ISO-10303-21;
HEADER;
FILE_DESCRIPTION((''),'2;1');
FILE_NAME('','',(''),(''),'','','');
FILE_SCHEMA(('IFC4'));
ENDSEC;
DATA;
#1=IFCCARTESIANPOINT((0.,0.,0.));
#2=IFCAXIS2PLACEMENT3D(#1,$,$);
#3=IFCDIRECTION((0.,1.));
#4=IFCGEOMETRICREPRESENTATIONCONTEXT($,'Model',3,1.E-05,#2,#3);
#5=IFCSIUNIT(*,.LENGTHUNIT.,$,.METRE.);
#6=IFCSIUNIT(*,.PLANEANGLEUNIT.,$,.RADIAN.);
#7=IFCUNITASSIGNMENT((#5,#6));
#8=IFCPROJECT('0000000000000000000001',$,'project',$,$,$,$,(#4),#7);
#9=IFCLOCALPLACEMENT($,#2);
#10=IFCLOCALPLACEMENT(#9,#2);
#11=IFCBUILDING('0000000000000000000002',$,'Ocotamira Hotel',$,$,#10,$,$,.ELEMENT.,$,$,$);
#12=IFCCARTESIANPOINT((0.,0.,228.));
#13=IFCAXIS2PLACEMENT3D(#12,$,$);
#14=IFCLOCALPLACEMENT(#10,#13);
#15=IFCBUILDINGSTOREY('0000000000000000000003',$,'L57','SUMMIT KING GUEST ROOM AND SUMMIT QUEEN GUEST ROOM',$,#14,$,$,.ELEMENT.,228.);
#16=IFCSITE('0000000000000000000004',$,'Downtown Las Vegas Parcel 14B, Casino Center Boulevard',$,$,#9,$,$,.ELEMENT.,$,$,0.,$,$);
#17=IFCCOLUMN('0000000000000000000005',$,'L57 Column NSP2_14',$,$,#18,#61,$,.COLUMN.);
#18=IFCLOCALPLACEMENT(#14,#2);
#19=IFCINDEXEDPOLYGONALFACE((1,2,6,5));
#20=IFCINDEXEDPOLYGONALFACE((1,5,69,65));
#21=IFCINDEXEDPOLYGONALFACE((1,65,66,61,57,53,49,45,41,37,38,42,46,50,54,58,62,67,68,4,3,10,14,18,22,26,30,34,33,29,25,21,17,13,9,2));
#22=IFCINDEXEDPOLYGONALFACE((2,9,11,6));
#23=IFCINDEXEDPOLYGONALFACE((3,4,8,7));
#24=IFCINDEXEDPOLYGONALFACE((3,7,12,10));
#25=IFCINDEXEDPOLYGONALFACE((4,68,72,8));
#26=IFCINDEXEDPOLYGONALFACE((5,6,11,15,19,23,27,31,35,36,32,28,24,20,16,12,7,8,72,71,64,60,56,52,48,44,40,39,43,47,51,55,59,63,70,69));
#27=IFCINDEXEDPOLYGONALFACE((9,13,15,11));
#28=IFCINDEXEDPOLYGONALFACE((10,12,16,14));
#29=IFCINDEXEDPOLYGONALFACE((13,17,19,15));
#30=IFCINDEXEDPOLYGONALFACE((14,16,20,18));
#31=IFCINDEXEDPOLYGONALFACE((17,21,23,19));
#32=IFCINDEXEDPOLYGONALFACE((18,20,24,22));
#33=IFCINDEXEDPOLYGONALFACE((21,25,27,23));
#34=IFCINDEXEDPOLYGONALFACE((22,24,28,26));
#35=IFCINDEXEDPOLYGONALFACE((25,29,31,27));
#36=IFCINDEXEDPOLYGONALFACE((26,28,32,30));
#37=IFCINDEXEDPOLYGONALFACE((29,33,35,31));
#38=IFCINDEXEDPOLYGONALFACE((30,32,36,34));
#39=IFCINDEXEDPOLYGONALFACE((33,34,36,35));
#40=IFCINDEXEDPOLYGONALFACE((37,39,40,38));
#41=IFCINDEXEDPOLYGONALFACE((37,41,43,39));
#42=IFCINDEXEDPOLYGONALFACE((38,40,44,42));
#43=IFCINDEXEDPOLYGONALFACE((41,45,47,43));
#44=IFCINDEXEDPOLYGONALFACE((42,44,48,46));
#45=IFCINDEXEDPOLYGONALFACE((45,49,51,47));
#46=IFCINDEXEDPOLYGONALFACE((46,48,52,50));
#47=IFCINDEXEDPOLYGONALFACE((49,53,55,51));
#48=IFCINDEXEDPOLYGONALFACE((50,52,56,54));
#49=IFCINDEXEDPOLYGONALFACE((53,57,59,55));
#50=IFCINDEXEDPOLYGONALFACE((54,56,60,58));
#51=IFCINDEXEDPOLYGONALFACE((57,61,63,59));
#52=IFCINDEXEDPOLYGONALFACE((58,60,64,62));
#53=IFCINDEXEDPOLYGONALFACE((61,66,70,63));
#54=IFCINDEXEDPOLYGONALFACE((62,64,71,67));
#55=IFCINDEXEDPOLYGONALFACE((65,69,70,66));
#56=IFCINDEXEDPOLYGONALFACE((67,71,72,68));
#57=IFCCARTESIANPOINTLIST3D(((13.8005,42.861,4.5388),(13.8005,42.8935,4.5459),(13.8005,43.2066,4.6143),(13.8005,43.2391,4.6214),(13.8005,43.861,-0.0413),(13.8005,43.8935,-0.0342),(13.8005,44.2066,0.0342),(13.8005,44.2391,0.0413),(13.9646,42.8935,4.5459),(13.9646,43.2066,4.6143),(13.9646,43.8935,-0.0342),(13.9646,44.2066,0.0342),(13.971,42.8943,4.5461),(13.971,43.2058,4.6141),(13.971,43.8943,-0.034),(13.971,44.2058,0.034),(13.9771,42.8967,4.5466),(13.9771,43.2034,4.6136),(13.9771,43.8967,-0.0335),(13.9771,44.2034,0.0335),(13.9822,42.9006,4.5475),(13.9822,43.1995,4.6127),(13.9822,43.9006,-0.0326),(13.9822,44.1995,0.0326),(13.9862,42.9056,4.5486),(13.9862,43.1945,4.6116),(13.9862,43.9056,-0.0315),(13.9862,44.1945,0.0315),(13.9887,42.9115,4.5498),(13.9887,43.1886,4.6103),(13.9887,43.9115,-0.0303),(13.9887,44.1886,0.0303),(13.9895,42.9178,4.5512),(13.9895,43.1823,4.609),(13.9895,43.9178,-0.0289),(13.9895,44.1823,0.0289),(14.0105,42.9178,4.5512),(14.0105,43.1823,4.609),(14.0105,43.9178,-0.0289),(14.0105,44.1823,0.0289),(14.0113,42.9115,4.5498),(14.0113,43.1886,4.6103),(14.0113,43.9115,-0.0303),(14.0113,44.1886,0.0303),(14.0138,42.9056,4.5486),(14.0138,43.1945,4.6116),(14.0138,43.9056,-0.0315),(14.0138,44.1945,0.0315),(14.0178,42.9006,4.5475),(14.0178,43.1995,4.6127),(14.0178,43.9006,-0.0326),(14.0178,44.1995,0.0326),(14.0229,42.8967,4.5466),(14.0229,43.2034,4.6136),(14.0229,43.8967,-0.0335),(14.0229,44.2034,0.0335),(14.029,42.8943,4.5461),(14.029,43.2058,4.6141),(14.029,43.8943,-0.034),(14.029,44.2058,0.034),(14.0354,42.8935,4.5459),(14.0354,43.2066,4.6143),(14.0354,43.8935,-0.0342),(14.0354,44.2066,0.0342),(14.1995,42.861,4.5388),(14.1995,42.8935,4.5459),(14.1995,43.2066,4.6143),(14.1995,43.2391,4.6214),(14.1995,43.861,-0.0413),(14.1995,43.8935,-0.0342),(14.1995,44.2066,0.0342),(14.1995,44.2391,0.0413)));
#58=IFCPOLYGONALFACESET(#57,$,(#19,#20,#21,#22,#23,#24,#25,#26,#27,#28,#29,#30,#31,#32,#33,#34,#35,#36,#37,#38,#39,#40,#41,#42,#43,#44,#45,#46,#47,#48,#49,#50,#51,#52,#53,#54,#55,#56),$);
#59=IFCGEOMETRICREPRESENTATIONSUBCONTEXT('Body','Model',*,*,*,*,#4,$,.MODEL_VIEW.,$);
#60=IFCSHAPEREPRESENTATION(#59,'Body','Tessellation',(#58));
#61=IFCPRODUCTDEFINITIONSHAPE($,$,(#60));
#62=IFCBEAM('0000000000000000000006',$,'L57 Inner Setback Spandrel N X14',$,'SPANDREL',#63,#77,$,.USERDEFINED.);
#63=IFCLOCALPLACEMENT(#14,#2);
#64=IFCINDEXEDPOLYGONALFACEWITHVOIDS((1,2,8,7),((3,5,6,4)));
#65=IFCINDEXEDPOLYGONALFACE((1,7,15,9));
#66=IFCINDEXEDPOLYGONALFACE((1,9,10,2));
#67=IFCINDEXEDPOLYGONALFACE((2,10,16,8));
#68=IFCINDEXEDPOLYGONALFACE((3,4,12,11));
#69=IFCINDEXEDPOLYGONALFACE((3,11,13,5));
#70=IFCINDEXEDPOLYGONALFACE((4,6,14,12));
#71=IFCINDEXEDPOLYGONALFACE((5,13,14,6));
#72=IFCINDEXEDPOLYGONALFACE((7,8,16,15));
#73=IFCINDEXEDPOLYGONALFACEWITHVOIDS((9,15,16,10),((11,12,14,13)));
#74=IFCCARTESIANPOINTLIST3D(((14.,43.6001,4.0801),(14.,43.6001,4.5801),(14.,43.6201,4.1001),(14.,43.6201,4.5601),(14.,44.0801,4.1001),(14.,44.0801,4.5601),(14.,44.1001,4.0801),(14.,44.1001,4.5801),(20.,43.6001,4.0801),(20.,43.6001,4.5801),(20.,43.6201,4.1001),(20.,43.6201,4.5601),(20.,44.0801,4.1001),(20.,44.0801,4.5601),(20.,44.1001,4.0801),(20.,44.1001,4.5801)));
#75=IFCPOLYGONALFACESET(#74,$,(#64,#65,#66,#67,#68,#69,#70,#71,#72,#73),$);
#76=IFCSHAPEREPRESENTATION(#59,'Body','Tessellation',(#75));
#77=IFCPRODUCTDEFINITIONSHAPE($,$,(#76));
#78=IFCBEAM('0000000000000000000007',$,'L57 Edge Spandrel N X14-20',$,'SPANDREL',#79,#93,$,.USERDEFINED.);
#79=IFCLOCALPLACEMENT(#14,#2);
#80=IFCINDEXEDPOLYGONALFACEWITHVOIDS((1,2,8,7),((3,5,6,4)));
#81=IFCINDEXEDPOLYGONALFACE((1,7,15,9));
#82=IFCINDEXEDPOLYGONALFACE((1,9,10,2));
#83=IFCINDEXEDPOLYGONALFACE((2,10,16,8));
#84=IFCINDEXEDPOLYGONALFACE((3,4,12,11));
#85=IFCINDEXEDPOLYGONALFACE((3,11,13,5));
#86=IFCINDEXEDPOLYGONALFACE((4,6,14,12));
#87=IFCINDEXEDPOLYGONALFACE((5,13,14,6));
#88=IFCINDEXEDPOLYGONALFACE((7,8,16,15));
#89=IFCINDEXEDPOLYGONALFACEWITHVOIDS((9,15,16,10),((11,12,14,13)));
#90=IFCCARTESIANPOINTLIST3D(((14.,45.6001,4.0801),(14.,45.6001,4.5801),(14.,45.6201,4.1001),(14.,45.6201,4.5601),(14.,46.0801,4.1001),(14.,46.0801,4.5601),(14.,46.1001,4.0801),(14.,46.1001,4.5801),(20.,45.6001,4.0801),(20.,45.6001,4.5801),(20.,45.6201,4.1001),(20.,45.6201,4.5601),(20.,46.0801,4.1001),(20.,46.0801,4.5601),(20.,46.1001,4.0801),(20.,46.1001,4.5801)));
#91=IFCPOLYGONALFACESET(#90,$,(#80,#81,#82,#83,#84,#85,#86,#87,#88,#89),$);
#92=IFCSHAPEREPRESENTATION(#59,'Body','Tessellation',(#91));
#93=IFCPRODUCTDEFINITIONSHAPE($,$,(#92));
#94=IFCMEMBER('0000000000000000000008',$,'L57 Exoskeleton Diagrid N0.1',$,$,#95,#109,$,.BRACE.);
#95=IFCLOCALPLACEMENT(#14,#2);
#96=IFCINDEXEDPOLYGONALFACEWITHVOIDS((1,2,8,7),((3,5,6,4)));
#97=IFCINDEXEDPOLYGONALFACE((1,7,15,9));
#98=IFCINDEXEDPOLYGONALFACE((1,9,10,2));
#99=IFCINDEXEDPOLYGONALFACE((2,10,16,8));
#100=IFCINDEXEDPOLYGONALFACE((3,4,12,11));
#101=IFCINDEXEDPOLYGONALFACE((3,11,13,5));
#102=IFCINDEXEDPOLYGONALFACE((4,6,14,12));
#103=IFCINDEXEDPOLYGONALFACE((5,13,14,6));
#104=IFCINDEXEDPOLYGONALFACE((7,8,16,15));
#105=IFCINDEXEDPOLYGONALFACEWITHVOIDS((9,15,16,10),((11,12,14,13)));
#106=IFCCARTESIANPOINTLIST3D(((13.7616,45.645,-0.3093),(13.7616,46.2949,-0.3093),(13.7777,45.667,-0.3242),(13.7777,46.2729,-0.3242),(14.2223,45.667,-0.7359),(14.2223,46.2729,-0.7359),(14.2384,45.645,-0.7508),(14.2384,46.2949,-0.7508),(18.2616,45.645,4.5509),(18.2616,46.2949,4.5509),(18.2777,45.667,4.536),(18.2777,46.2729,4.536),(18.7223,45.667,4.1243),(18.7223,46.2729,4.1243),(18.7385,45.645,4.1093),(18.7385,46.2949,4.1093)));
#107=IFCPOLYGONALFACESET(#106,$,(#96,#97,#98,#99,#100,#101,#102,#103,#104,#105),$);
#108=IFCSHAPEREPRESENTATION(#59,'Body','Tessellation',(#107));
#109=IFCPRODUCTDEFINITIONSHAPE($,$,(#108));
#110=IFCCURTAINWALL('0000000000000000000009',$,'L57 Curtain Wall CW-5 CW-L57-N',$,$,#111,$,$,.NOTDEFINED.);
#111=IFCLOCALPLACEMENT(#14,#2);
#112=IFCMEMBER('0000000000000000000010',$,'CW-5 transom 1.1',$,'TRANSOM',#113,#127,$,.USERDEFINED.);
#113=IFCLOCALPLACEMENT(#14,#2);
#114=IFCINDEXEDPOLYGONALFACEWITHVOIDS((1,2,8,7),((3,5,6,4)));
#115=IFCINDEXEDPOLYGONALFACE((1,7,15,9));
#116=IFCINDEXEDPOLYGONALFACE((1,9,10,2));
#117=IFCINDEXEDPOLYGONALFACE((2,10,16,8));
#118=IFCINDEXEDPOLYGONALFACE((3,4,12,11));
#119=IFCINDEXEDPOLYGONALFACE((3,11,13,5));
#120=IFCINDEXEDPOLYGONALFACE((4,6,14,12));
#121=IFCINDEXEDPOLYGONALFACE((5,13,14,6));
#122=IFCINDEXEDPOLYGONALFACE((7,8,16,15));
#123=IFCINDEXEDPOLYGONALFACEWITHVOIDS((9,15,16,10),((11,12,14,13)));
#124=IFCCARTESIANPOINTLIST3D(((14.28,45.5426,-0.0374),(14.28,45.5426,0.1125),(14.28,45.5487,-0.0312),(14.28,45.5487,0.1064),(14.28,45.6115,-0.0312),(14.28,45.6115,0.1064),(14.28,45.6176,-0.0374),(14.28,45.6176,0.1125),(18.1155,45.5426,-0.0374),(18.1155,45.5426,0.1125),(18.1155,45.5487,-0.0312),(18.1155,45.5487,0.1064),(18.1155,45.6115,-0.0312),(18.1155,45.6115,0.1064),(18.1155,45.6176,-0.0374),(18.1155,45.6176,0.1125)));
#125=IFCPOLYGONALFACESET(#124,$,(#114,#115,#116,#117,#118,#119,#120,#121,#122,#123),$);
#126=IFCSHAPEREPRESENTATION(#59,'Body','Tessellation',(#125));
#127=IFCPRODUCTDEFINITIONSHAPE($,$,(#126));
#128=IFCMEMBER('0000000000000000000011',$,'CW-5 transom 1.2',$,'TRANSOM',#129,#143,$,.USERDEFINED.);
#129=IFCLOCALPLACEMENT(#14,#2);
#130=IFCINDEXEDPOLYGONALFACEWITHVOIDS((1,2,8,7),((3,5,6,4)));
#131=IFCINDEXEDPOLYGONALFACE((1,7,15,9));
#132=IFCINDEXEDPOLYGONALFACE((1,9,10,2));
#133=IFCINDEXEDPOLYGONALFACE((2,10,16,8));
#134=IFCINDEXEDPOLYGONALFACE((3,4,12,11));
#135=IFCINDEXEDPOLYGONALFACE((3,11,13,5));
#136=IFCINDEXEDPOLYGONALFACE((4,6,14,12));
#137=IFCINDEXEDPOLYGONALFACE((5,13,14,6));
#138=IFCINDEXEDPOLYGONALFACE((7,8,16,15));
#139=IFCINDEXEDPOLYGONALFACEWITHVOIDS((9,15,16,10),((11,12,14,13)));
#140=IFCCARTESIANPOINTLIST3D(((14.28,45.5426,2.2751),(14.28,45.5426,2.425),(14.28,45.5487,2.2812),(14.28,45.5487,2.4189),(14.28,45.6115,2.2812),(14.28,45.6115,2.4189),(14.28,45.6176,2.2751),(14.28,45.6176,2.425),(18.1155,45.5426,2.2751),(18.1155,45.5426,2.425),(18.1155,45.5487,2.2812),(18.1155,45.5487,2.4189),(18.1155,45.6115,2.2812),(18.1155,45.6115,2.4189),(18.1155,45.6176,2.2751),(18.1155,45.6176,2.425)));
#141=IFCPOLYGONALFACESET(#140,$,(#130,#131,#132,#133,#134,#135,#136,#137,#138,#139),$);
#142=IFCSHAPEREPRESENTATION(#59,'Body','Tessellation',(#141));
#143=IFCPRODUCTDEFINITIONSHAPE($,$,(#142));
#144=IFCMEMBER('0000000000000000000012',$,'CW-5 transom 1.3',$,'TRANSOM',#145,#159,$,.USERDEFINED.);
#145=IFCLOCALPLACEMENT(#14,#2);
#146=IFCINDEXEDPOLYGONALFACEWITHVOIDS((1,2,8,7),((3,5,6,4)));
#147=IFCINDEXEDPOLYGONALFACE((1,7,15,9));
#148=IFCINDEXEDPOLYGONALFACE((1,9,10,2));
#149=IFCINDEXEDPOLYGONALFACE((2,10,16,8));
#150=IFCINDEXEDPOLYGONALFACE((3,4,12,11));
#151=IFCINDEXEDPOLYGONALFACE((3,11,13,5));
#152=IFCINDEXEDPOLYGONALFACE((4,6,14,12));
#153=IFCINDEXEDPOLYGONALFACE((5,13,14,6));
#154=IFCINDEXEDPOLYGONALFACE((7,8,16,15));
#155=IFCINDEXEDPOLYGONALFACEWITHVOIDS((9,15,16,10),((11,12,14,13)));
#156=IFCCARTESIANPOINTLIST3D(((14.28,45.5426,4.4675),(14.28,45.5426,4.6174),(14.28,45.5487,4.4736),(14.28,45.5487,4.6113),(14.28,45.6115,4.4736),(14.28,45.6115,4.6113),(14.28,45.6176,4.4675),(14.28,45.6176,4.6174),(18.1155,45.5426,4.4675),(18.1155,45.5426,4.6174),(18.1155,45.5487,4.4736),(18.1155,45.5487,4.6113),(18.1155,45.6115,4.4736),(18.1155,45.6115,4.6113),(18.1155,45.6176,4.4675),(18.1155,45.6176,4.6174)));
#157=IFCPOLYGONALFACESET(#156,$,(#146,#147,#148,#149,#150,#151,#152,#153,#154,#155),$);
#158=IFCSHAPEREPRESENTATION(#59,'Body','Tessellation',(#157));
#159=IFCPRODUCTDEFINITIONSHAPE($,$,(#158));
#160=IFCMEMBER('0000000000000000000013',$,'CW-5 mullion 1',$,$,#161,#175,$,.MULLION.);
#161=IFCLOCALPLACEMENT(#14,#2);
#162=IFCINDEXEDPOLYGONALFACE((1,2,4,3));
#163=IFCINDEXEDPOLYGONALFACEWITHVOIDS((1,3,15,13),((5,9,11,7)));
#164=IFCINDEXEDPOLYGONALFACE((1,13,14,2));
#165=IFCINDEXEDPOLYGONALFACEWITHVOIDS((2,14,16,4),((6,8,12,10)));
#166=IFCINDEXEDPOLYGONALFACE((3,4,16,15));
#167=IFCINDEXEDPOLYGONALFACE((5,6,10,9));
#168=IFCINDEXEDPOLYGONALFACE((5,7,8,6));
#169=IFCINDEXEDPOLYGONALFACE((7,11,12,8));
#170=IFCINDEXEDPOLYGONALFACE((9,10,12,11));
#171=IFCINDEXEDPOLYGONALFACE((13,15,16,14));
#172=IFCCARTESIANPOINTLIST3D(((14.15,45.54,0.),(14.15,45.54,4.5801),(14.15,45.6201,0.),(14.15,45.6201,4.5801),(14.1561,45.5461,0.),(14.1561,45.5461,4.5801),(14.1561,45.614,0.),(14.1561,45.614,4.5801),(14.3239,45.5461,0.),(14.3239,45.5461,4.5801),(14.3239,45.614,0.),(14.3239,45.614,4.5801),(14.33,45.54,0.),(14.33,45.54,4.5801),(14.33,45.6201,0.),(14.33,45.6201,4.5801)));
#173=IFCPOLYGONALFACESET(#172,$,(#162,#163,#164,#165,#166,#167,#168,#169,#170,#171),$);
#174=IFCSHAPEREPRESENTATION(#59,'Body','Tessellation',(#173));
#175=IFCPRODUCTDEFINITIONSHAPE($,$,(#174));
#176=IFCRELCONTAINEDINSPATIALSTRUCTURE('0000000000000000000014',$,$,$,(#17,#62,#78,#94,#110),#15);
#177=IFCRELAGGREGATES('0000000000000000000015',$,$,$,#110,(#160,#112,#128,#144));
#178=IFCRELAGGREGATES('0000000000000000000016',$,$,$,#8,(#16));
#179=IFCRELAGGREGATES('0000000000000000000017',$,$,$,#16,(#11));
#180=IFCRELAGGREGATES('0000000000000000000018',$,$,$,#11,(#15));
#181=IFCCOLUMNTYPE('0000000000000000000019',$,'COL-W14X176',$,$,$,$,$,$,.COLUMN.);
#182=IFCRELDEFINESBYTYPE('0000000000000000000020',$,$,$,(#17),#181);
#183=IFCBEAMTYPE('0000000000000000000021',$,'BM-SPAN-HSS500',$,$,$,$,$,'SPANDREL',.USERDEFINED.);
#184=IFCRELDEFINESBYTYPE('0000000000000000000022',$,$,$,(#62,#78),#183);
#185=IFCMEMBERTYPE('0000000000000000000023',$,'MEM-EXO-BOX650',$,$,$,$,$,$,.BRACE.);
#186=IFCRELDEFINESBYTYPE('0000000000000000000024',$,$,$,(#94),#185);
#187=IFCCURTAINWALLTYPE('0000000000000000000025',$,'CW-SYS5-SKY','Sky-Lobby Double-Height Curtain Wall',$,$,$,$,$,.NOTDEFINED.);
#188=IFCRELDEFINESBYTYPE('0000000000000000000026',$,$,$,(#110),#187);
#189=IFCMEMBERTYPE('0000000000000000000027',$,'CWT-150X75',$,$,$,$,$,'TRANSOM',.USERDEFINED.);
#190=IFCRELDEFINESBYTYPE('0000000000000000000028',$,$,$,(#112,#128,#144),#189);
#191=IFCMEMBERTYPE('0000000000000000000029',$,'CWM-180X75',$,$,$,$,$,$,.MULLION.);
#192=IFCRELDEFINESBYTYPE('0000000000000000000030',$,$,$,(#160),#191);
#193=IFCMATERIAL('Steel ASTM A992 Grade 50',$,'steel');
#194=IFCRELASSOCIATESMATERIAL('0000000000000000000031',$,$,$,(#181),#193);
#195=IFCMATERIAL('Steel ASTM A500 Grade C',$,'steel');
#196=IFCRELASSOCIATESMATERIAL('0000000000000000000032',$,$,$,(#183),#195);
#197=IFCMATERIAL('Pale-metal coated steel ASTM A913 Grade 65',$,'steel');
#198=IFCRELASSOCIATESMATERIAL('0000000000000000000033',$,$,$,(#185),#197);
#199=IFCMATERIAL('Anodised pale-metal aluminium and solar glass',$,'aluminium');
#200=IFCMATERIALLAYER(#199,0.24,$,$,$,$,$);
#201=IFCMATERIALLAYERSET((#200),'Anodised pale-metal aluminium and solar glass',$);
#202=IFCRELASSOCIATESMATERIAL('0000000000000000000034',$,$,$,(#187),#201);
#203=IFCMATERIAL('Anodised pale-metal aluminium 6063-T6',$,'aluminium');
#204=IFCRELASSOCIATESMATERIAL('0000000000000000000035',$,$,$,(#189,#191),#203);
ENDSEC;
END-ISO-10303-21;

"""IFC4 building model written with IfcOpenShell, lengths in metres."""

from ifc_helpers import new_model, si_unit, direction, frame, origin, origin_2d, place, context, subcontext, project, spatial, hollow_rectangle, i_section, extrude, source, transform, mapped, material, layer, layer_set, material_profile, profile_set, type_object, element, aggregate, save


model = new_model("IFC4")

# Units and contexts
model_context = context("Model", 3, precision=1e-05, world=origin(), true_north=direction((0.0, 1.0)))
body_context = subcontext(model_context, "Body", "Model", "MODEL_VIEW")
ifc_project = project(units=[si_unit("LENGTHUNIT", "METRE"), si_unit("PLANEANGLEUNIT", "RADIAN")], contexts=[model_context])

# Site, building, storey
site_placement = place(None, origin())
site = spatial("IfcSite", under=ifc_project, at=site_placement, Name="Downtown Las Vegas Parcel 14B, Casino Center Boulevard", CompositionType="ELEMENT", RefElevation=0.0)
building_placement = place(site_placement, origin())
building = spatial("IfcBuilding", under=site, at=building_placement, Name="Ocotamira Hotel", CompositionType="ELEMENT")
storey_placement = place(building_placement, frame((0.0, 0.0, 228.0)))
storey = spatial("IfcBuildingStorey", under=building, at=storey_placement, Name="L57", Description="SUMMIT KING GUEST ROOM AND SUMMIT QUEEN GUEST ROOM", CompositionType="ELEMENT", Elevation=228.0)

# Column
ifc_material_1 = material(Name="Steel ASTM A992 Grade 50", Category="steel")
ifc_material_profile_1 = material_profile(ifc_material_1, i_section(OverallWidth=0.3989, OverallDepth=0.387, WebThickness=0.021, FlangeThickness=0.0332, FilletRadius=0.0249, at=origin_2d()), Name="W14X176")
ifc_profile_set_1 = profile_set([ifc_material_profile_1], Name="Steel ASTM A992 Grade 50")
column_type = type_object("IfcColumnType", Name="COL-W14X176", PredefinedType="COLUMN", material=ifc_profile_set_1)
shared_shape_1 = source(origin(), body_context, "Body", "SweptSolid", [
    extrude(i_section(OverallWidth=0.3989, OverallDepth=0.387, WebThickness=0.021, FlangeThickness=0.0332, FilletRadius=0.0249, at=origin_2d()), origin(), (0.0, 0.0, 1.0), 4.688),
])
column_placement = place(storey_placement, frame((14.0, 44.05, 0.0), z_axis=(0.0, -0.213312, 0.976984), x_axis=(1.0, 0.0, 0.0)))
element("IfcColumn", 1, at=column_placement, inside=storey, type_object=column_type, Name="L57 Column NSP2_14", PredefinedType="COLUMN", context=body_context, shape_type="MappedRepresentation", body=[
    mapped(shared_shape_1, transform((0.0, 0.0, 0.0), scale=1.0)),
])

# Beams
ifc_material_2 = material(Name="Steel ASTM A500 Grade C", Category="steel")
ifc_material_profile_2 = material_profile(ifc_material_2, hollow_rectangle(XDim=0.5, YDim=0.5, WallThickness=0.02, at=origin_2d()), Name="HSS500X500X20")
ifc_profile_set_2 = profile_set([ifc_material_profile_2], Name="Steel ASTM A500 Grade C")
beam_type = type_object("IfcBeamType", Name="BM-SPAN-HSS500", ElementType="SPANDREL", PredefinedType="USERDEFINED", material=ifc_profile_set_2)
shared_shape_2 = source(origin(), body_context, "Body", "SweptSolid", [
    extrude(hollow_rectangle(XDim=0.5, YDim=0.5, WallThickness=0.02, at=origin_2d()), origin(), (0.0, 0.0, 1.0), 6.0),
])
for number, where, z_axis, x_axis, name in (
    (2, (14.0, 43.8501, 4.3301), (1.0, 0.0, 0.0), (0.0, 1.0, 0.0), "L57 Inner Setback Spandrel N X14"),
    (3, (14.0, 45.8501, 4.3301), (1.0, 0.0, 0.0), (0.0, 1.0, 0.0), "L57 Edge Spandrel N X14-20"),
):
    element("IfcBeam", number, at=place(storey_placement, frame(where, z_axis=z_axis, x_axis=x_axis)), inside=storey, type_object=beam_type, Name=name, ObjectType="SPANDREL", PredefinedType="USERDEFINED", context=body_context, shape_type="MappedRepresentation", body=[
        mapped(shared_shape_2, transform((0.0, 0.0, 0.0), scale=1.0)),
    ])

# Member
ifc_material_3 = material(Name="Pale-metal coated steel ASTM A913 Grade 65", Category="steel")
ifc_material_profile_3 = material_profile(ifc_material_3, hollow_rectangle(XDim=0.6499, YDim=0.6499, WallThickness=0.022, at=origin_2d()), Name="BOX650X650X22")
ifc_profile_set_3 = profile_set([ifc_material_profile_3], Name="Pale-metal coated steel ASTM A913 Grade 65")
member_type_1 = type_object("IfcMemberType", Name="MEM-EXO-BOX650", PredefinedType="BRACE", material=ifc_profile_set_3)
shared_shape_3 = source(origin(), body_context, "Body", "SweptSolid", [
    extrude(hollow_rectangle(XDim=0.6499, YDim=0.6499, WallThickness=0.022, at=origin_2d()), origin(), (0.0, 0.0, 1.0), 6.6235),
])
member_1_placement = place(storey_placement, frame((14.0, 45.97, -0.53), z_axis=(0.6794, 0.0, 0.733768), x_axis=(0.0, 1.0, 0.0)))
element("IfcMember", 4, at=member_1_placement, inside=storey, type_object=member_type_1, Name="L57 Exoskeleton Diagrid N0.1", PredefinedType="BRACE", context=body_context, shape_type="MappedRepresentation", body=[
    mapped(shared_shape_3, transform((0.0, 0.0, 0.0), scale=1.0)),
])

# Curtain wall, members
ifc_material_4 = material(Name="Anodised pale-metal aluminium and solar glass", Category="aluminium")
ifc_layer_1 = layer(ifc_material_4, 0.24)
ifc_layer_set_1 = layer_set([ifc_layer_1], Name="Anodised pale-metal aluminium and solar glass")
curtain_wall_type = type_object("IfcCurtainWallType", Name="CW-SYS5-SKY", Description="Sky-Lobby Double-Height Curtain Wall", PredefinedType="NOTDEFINED", material=ifc_layer_set_1)
curtain_wall_placement = place(storey_placement, origin())
curtain_wall = element("IfcCurtainWall", 5, at=curtain_wall_placement, inside=storey, type_object=curtain_wall_type, Name="L57 Curtain Wall CW-5 CW-L57-N", PredefinedType="NOTDEFINED")
ifc_material_5 = material(Name="Anodised pale-metal aluminium 6063-T6", Category="aluminium")
ifc_material_profile_4 = material_profile(ifc_material_5, hollow_rectangle(XDim=0.075, YDim=0.1499, WallThickness=0.0061, at=origin_2d()), Name="HSS150X75X6")
ifc_profile_set_4 = profile_set([ifc_material_profile_4], Name="Anodised pale-metal aluminium 6063-T6")
member_type_2 = type_object("IfcMemberType", Name="CWT-150X75", ElementType="TRANSOM", PredefinedType="USERDEFINED", material=ifc_profile_set_4)
shared_shape_4 = source(origin(), body_context, "Body", "SweptSolid", [
    extrude(hollow_rectangle(XDim=0.075, YDim=0.1499, WallThickness=0.0061, at=origin_2d()), origin(), (0.0, 0.0, 1.0), 3.8354),
])
member_2_placement = place(storey_placement, frame((14.28, 45.5801, 0.0376), z_axis=(1.0, 0.0, 0.0), x_axis=(0.0, 1.0, 0.0)))
member_2 = element("IfcMember", 6, at=member_2_placement, type_object=member_type_2, Name="CW-5 transom 1.1", ObjectType="TRANSOM", PredefinedType="USERDEFINED", context=body_context, shape_type="MappedRepresentation", body=[
    mapped(shared_shape_4, transform((0.0, 0.0, 0.0), scale=1.0)),
])
member_3_placement = place(storey_placement, frame((14.28, 45.5801, 2.3501), z_axis=(1.0, 0.0, 0.0), x_axis=(0.0, 1.0, 0.0)))
member_3 = element("IfcMember", 7, at=member_3_placement, type_object=member_type_2, Name="CW-5 transom 1.2", ObjectType="TRANSOM", PredefinedType="USERDEFINED", context=body_context, shape_type="MappedRepresentation", body=[
    mapped(shared_shape_4, transform((0.0, 0.0, 0.0), scale=1.0)),
])
member_4_placement = place(storey_placement, frame((14.28, 45.5801, 4.5425), z_axis=(1.0, 0.0, 0.0), x_axis=(0.0, 1.0, 0.0)))
member_4 = element("IfcMember", 8, at=member_4_placement, type_object=member_type_2, Name="CW-5 transom 1.3", ObjectType="TRANSOM", PredefinedType="USERDEFINED", context=body_context, shape_type="MappedRepresentation", body=[
    mapped(shared_shape_4, transform((0.0, 0.0, 0.0), scale=1.0)),
])
ifc_material_profile_5 = material_profile(ifc_material_5, hollow_rectangle(XDim=0.0801, YDim=0.1799, WallThickness=0.0061, at=origin_2d()), Name="HSS180X80X6")
ifc_profile_set_5 = profile_set([ifc_material_profile_5], Name="Anodised pale-metal aluminium 6063-T6")
member_type_3 = type_object("IfcMemberType", Name="CWM-180X75", PredefinedType="MULLION", material=ifc_profile_set_5)
shared_shape_5 = source(origin(), body_context, "Body", "SweptSolid", [
    extrude(hollow_rectangle(XDim=0.0801, YDim=0.1799, WallThickness=0.0061, at=origin_2d()), origin(), (0.0, 0.0, 1.0), 4.5801),
])
member_5_placement = place(storey_placement, frame((14.24, 45.5801, 0.0), z_axis=(0.0, 0.0, 1.0), x_axis=(0.0, 1.0, 0.0)))
member_5 = element("IfcMember", 9, at=member_5_placement, type_object=member_type_3, Name="CW-5 mullion 1", PredefinedType="MULLION", context=body_context, shape_type="MappedRepresentation", body=[
    mapped(shared_shape_5, transform((0.0, 0.0, 0.0), scale=1.0)),
])
aggregate(curtain_wall, [member_5, member_2, member_3, member_4])

save(model, "model.ifc")
